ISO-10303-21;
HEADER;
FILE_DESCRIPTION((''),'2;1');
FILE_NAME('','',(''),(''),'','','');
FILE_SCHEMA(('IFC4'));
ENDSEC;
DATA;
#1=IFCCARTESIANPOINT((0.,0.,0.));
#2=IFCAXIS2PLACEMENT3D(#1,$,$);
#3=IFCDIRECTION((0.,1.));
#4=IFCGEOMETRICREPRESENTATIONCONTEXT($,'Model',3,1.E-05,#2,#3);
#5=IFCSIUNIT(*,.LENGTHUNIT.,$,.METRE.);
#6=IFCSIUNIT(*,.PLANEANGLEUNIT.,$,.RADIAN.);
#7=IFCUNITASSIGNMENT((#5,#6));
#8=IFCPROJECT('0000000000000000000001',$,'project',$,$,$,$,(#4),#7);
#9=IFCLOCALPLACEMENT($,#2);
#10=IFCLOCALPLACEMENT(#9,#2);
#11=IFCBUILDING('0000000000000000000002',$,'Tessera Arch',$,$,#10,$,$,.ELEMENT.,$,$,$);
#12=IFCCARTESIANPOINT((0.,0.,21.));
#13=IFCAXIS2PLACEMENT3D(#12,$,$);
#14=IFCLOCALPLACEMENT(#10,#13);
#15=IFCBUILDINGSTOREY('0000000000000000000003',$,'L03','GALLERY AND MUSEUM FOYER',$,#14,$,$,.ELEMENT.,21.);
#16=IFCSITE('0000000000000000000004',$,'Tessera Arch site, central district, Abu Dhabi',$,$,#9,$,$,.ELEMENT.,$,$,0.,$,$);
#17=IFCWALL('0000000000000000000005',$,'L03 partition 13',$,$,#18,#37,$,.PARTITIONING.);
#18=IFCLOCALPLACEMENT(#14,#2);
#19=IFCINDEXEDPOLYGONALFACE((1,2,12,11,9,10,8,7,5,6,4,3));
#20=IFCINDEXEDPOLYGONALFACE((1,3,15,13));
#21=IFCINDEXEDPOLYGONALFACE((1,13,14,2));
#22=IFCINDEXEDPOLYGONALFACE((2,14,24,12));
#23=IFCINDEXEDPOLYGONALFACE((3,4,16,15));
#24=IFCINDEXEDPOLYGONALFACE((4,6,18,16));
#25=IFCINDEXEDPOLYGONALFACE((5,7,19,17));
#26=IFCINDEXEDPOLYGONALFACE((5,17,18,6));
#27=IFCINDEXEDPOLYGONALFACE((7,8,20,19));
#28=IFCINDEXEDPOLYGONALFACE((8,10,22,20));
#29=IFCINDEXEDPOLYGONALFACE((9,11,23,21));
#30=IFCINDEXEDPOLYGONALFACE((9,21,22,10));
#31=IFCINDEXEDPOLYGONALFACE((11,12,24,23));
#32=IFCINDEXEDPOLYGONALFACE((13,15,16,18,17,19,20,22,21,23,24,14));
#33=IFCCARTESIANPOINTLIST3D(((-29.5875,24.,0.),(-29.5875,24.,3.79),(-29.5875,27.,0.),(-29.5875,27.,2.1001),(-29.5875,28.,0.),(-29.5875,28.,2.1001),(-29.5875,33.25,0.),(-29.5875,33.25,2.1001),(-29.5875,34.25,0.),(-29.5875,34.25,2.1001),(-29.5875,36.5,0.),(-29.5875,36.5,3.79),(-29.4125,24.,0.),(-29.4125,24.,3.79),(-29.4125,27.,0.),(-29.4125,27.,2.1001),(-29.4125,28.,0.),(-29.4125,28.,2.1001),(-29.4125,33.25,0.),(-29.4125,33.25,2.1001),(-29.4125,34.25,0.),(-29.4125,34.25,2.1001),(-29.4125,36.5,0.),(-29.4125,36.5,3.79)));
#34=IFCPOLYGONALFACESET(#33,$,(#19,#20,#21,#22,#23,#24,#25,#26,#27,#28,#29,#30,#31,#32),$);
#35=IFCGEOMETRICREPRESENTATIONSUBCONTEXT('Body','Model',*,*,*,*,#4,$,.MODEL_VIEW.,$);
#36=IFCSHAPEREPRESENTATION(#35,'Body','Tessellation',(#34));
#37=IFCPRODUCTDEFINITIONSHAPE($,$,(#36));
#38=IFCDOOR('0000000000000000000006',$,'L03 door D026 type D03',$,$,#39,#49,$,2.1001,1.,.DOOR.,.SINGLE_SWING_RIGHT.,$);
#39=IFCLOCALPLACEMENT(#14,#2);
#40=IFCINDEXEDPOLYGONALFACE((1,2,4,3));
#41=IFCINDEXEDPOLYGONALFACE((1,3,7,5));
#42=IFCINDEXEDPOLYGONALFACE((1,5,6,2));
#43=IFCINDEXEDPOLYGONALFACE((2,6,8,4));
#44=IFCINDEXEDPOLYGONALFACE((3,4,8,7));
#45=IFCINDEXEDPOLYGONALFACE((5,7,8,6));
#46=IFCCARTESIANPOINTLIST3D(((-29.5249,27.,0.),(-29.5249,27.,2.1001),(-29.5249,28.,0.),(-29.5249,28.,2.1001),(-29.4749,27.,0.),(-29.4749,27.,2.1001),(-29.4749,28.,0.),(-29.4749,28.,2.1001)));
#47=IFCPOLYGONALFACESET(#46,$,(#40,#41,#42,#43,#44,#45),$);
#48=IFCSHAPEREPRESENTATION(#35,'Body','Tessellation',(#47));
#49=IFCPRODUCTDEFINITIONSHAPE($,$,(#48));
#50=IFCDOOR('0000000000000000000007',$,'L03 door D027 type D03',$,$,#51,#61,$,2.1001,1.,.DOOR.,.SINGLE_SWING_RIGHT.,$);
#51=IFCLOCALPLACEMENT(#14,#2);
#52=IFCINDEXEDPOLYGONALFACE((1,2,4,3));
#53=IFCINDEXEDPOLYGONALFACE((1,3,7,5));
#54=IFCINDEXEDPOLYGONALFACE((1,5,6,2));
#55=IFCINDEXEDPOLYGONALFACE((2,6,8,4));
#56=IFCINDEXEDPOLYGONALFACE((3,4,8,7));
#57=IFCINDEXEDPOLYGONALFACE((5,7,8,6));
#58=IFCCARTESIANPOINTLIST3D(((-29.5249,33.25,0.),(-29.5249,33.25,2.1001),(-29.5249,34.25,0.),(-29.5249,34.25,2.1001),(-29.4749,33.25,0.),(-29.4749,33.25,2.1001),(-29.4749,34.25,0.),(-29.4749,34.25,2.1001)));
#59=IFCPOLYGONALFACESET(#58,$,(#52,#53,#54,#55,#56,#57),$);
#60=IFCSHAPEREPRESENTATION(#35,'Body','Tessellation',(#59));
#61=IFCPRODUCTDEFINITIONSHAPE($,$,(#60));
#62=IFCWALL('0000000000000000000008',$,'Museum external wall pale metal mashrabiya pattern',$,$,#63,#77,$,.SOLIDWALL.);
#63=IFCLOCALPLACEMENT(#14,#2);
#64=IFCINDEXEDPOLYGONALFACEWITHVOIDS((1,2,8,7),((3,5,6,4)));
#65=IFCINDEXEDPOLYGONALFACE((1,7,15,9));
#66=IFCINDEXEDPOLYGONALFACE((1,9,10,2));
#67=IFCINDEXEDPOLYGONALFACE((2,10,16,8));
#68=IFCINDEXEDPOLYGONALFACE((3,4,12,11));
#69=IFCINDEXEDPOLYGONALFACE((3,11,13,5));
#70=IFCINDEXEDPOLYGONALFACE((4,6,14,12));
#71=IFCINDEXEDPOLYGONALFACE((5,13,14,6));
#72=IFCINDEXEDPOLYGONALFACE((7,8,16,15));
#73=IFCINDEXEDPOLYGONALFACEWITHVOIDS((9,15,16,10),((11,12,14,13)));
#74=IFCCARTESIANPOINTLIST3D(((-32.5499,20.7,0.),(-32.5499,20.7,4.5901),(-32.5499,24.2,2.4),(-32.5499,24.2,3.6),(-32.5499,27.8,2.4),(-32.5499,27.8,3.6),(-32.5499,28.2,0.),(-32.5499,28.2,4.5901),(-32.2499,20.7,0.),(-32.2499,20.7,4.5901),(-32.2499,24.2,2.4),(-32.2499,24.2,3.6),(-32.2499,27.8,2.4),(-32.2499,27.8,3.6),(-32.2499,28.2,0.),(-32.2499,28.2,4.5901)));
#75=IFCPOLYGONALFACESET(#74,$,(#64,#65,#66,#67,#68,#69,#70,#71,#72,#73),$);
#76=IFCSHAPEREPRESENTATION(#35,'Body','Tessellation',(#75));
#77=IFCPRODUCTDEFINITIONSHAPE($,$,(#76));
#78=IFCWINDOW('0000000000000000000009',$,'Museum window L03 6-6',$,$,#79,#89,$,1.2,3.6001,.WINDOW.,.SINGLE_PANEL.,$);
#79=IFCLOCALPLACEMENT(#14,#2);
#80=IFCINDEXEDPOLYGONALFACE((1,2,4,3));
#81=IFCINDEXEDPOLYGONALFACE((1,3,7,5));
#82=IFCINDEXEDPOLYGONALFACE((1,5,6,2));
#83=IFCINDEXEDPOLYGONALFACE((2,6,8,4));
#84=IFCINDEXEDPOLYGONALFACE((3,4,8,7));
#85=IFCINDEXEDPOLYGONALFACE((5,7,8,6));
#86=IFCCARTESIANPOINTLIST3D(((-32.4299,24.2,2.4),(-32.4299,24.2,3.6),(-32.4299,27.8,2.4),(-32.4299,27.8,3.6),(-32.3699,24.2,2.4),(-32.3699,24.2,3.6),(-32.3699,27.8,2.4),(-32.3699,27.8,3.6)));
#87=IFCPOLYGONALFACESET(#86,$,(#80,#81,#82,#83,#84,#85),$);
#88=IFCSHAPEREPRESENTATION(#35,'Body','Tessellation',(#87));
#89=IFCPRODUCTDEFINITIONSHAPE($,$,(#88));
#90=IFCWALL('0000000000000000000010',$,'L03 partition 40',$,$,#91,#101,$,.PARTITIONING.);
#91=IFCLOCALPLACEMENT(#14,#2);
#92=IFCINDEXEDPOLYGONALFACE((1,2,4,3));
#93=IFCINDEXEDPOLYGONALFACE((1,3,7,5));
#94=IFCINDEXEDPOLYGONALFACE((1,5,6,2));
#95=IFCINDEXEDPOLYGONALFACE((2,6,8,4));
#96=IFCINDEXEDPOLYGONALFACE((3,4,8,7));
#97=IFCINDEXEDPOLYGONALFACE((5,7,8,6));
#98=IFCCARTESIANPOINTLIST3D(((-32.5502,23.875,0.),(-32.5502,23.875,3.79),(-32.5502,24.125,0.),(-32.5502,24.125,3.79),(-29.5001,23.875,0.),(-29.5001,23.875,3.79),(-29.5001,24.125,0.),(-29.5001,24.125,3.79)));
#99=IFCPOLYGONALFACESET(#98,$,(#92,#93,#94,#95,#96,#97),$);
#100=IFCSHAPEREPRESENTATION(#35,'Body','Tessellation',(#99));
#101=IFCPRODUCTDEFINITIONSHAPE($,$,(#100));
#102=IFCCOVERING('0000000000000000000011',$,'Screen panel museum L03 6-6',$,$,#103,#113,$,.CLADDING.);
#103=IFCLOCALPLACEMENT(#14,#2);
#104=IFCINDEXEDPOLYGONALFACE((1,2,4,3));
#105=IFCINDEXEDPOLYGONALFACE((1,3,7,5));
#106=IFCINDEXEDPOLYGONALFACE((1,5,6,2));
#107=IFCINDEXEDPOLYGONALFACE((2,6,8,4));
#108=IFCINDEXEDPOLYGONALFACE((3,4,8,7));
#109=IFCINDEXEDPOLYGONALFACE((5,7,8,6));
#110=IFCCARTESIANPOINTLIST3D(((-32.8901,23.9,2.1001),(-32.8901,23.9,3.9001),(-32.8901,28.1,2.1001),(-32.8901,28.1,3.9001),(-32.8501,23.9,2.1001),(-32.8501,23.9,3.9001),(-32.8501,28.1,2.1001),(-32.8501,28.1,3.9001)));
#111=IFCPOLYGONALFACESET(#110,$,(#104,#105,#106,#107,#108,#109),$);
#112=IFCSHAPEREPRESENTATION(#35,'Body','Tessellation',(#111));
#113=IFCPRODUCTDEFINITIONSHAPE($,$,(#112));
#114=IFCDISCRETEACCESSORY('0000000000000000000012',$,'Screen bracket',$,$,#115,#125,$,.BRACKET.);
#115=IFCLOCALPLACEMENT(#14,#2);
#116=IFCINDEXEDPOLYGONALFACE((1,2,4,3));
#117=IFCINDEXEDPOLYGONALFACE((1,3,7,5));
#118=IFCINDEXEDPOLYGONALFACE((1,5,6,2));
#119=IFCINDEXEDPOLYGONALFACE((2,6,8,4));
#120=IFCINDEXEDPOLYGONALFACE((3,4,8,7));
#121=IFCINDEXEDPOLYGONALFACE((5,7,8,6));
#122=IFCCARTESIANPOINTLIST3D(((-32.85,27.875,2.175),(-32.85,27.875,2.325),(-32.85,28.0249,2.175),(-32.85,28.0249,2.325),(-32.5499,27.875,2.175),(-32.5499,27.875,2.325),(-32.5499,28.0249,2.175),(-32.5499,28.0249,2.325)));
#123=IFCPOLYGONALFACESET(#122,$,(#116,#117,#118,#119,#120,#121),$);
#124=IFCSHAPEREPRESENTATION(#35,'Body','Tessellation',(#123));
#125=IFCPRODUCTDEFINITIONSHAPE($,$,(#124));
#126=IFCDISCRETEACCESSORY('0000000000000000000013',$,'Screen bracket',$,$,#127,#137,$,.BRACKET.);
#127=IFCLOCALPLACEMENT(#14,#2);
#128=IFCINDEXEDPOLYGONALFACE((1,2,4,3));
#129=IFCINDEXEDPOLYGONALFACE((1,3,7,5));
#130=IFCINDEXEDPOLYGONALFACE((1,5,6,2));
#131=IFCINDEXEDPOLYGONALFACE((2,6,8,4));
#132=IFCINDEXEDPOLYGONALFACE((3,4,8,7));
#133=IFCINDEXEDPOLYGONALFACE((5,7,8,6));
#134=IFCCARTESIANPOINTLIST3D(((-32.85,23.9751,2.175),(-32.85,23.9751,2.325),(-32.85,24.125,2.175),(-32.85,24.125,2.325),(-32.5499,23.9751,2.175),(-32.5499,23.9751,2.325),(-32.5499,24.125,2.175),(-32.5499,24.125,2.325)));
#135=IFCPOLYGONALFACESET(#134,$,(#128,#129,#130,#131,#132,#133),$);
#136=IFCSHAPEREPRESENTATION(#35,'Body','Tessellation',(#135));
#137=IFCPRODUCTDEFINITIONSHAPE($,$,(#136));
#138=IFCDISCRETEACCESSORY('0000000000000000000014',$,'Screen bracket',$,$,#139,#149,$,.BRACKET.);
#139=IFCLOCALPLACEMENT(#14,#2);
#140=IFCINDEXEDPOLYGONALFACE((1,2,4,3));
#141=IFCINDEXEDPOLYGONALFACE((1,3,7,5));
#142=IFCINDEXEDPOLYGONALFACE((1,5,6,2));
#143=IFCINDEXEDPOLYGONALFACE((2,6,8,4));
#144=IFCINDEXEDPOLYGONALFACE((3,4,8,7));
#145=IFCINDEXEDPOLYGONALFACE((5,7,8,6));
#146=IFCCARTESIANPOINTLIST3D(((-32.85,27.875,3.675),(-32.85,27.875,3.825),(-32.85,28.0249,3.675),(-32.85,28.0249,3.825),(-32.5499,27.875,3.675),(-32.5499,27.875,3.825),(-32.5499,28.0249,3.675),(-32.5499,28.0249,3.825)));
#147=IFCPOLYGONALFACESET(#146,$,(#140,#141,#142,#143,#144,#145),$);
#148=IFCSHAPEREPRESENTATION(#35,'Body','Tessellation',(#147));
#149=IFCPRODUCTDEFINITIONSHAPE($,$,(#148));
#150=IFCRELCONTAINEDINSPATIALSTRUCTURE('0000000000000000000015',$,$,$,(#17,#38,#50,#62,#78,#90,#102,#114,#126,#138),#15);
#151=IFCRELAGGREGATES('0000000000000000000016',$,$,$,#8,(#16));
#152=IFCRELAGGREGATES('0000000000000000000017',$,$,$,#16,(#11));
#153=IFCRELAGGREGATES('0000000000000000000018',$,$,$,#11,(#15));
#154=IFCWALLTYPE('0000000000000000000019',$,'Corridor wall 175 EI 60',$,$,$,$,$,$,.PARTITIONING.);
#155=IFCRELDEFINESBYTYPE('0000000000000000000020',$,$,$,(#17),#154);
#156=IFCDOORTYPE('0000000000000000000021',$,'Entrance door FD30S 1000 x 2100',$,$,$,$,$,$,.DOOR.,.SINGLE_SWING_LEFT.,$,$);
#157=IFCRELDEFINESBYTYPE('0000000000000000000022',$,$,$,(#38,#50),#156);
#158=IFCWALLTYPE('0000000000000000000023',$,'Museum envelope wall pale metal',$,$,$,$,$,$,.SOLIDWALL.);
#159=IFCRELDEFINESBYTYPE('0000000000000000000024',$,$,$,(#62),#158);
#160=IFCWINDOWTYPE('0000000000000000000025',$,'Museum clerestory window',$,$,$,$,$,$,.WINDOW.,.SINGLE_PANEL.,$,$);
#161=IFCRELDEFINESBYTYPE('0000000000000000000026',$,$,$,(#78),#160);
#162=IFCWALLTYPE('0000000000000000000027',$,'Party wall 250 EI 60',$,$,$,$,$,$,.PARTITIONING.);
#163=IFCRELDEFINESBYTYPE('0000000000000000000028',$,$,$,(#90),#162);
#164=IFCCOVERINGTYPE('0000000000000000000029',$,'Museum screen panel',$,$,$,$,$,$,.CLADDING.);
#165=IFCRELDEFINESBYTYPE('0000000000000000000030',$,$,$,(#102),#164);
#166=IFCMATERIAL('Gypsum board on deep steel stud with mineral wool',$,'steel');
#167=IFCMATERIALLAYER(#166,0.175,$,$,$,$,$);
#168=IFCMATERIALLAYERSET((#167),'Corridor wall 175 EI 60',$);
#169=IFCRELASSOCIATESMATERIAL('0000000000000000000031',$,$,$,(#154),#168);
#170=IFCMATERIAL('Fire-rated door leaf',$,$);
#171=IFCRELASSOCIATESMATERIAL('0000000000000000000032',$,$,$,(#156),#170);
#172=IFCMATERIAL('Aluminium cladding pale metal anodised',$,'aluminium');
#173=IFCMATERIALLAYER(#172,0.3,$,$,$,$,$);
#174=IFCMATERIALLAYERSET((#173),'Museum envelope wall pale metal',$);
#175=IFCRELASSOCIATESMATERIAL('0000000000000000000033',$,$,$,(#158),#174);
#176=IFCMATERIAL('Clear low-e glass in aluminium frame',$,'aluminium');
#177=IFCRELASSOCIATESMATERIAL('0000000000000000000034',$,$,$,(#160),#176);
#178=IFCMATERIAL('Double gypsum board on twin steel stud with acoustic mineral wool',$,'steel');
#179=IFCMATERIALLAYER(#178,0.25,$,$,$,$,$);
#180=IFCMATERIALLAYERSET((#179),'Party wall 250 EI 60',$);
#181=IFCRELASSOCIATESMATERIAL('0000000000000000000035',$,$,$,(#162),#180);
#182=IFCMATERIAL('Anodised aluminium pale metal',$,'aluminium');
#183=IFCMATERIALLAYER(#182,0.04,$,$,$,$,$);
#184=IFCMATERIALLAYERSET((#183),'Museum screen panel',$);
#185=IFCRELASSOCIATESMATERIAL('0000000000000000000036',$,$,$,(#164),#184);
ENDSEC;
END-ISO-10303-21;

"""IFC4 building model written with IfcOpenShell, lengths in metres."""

from ifc_helpers import new_model, si_unit, direction, frame, frame_2d, origin, origin_2d, place, context, subcontext, project, spatial, rectangle, extrude, material, layer, layer_set, type_object, element, fill, save


model = new_model("IFC4")

# Units and contexts
model_context = context("Model", 3, precision=1e-05, world=origin(), true_north=direction((0.0, 1.0)))
body_context = subcontext(model_context, "Body", "Model", "MODEL_VIEW")
ifc_project = project(units=[si_unit("LENGTHUNIT", "METRE"), si_unit("PLANEANGLEUNIT", "RADIAN")], contexts=[model_context])

# Site, building, storey
site_placement = place(None, origin())
site = spatial("IfcSite", under=ifc_project, at=site_placement, Name="Tessera Arch site, central district, Abu Dhabi", CompositionType="ELEMENT", RefElevation=0.0)
building_placement = place(site_placement, origin())
building = spatial("IfcBuilding", under=site, at=building_placement, Name="Tessera Arch", CompositionType="ELEMENT")
storey_placement = place(building_placement, frame((0.0, 0.0, 21.0)))
storey = spatial("IfcBuildingStorey", under=building, at=storey_placement, Name="L03", Description="GALLERY AND MUSEUM FOYER", CompositionType="ELEMENT", Elevation=21.0)

# Shared definitions
ifc_material_1 = material(Name="Gypsum board on deep steel stud with mineral wool", Category="steel")
ifc_layer_1 = layer(ifc_material_1, 0.175)
ifc_layer_set_1 = layer_set([ifc_layer_1], Name="Corridor wall 175 EI 60")
wall_type_1 = type_object("IfcWallType", Name="Corridor wall 175 EI 60", PredefinedType="PARTITIONING", material=ifc_layer_set_1)
ifc_material_2 = material(Name="Fire-rated door leaf")
door_type = type_object("IfcDoorType", Name="Entrance door FD30S 1000 x 2100", OperationType="SINGLE_SWING_LEFT", PredefinedType="DOOR", material=ifc_material_2)

# Wall, openings, doors
wall_1_placement = place(storey_placement, frame((-29.5, 24.0, 0.0), z_axis=(0.0, 0.0, 1.0), x_axis=(0.0, 1.0, 0.0)))
wall_1 = element("IfcWall", 1, at=wall_1_placement, inside=storey, type_object=wall_type_1, Name="L03 partition 13", PredefinedType="PARTITIONING", context=body_context, shape_type="SweptSolid", body=[
    extrude(rectangle(XDim=12.5, YDim=0.175, at=frame_2d((6.25, 0.0))), origin(), (0.0, 0.0, 1.0), 3.79),
])
opening_1_placement = place(wall_1_placement, frame((3.0, 0.0, 0.0)))
opening_1 = element("IfcOpeningElement", 2, at=opening_1_placement, cuts=wall_1, PredefinedType="OPENING", context=body_context, shape_type="SweptSolid", body=[
    extrude(rectangle(XDim=1.0, YDim=2.1001, at=frame_2d((0.5, 1.05))), frame((0.0, 0.0974, 0.0), z_axis=(0.0, -1.0, 0.0), x_axis=(1.0, 0.0, 0.0)), (0.0, 0.0, 1.0), 0.1951),
])
opening_2_placement = place(wall_1_placement, frame((9.25, 0.0, 0.0)))
opening_2 = element("IfcOpeningElement", 3, at=opening_2_placement, cuts=wall_1, PredefinedType="OPENING", context=body_context, shape_type="SweptSolid", body=[
    extrude(rectangle(XDim=1.0, YDim=2.1001, at=frame_2d((0.5, 1.05))), frame((0.0, 0.0974, 0.0), z_axis=(0.0, -1.0, 0.0), x_axis=(1.0, 0.0, 0.0)), (0.0, 0.0, 1.0), 0.1951),
])
door_1_placement = place(opening_1_placement, origin())
door_1 = element("IfcDoor", 4, at=door_1_placement, inside=storey, type_object=door_type, Name="L03 door D026 type D03", OperationType="SINGLE_SWING_RIGHT", OverallHeight=2.1001, OverallWidth=1.0, PredefinedType="DOOR", context=body_context, shape_type="SweptSolid", body=[
    extrude(rectangle(XDim=1.0, YDim=2.1001, at=frame_2d((0.5, 1.05))), frame((0.0, 0.0249, 0.0), z_axis=(0.0, -1.0, 0.0), x_axis=(1.0, 0.0, 0.0)), (0.0, 0.0, 1.0), 0.05),
])
fill(opening_1, door_1)
door_2_placement = place(opening_2_placement, origin())
door_2 = element("IfcDoor", 5, at=door_2_placement, inside=storey, type_object=door_type, Name="L03 door D027 type D03", OperationType="SINGLE_SWING_RIGHT", OverallHeight=2.1001, OverallWidth=1.0, PredefinedType="DOOR", context=body_context, shape_type="SweptSolid", body=[
    extrude(rectangle(XDim=1.0, YDim=2.1001, at=frame_2d((0.5, 1.05))), frame((0.0, 0.0249, 0.0), z_axis=(0.0, -1.0, 0.0), x_axis=(1.0, 0.0, 0.0)), (0.0, 0.0, 1.0), 0.05),
])
fill(opening_2, door_2)

# Wall, opening, window
ifc_material_3 = material(Name="Aluminium cladding pale metal anodised", Category="aluminium")
ifc_layer_2 = layer(ifc_material_3, 0.3)
ifc_layer_set_2 = layer_set([ifc_layer_2], Name="Museum envelope wall pale metal")
wall_type_2 = type_object("IfcWallType", Name="Museum envelope wall pale metal", PredefinedType="SOLIDWALL", material=ifc_layer_set_2)
wall_2_placement = place(storey_placement, frame((-32.3999, 28.2, 0.0), z_axis=(0.0, 0.0, 1.0), x_axis=(0.0, -1.0, 0.0)))
wall_2 = element("IfcWall", 6, at=wall_2_placement, inside=storey, type_object=wall_type_2, Name="Museum external wall pale metal mashrabiya pattern", PredefinedType="SOLIDWALL", context=body_context, shape_type="SweptSolid", body=[
    extrude(rectangle(XDim=7.5, YDim=0.3, at=frame_2d((3.75, 0.0))), origin(), (0.0, 0.0, 1.0), 4.5901),
])
opening_3_placement = place(wall_2_placement, frame((0.3999, 0.0, 2.3999)))
opening_3 = element("IfcOpeningElement", 7, at=opening_3_placement, cuts=wall_2, PredefinedType="OPENING", context=body_context, shape_type="SweptSolid", body=[
    extrude(rectangle(XDim=3.6001, YDim=1.2, at=frame_2d((1.8, 0.6001))), frame((0.0, 0.1599, 0.0), z_axis=(0.0, -1.0, 0.0), x_axis=(1.0, 0.0, 0.0)), (0.0, 0.0, 1.0), 0.3201),
])
ifc_material_4 = material(Name="Clear low-e glass in aluminium frame", Category="aluminium")
window_type = type_object("IfcWindowType", Name="Museum clerestory window", PartitioningType="SINGLE_PANEL", PredefinedType="WINDOW", material=ifc_material_4)
window_placement = place(opening_3_placement, origin())
window = element("IfcWindow", 8, at=window_placement, inside=storey, type_object=window_type, Name="Museum window L03 6-6", OverallHeight=1.2, OverallWidth=3.6001, PartitioningType="SINGLE_PANEL", PredefinedType="WINDOW", context=body_context, shape_type="SweptSolid", body=[
    extrude(rectangle(XDim=3.6001, YDim=1.2, at=frame_2d((1.8, 0.6001))), frame((0.0, 0.03, 0.0), z_axis=(0.0, -1.0, 0.0), x_axis=(1.0, 0.0, 0.0)), (0.0, 0.0, 1.0), 0.0601),
])
fill(opening_3, window)

# Wall
ifc_material_5 = material(Name="Double gypsum board on twin steel stud with acoustic mineral wool", Category="steel")
ifc_layer_3 = layer(ifc_material_5, 0.25)
ifc_layer_set_3 = layer_set([ifc_layer_3], Name="Party wall 250 EI 60")
wall_type_3 = type_object("IfcWallType", Name="Party wall 250 EI 60", PredefinedType="PARTITIONING", material=ifc_layer_set_3)
wall_3_placement = place(storey_placement, frame((-32.55, 24.0, 0.0), z_axis=(0.0, 0.0, 1.0), x_axis=(1.0, 0.0, 0.0)))
element("IfcWall", 9, at=wall_3_placement, inside=storey, type_object=wall_type_3, Name="L03 partition 40", PredefinedType="PARTITIONING", context=body_context, shape_type="SweptSolid", body=[
    extrude(rectangle(XDim=3.05, YDim=0.25, at=frame_2d((1.5249, 0.0))), origin(), (0.0, 0.0, 1.0), 3.79),
])

# Covering
ifc_material_6 = material(Name="Anodised aluminium pale metal", Category="aluminium")
ifc_layer_4 = layer(ifc_material_6, 0.04)
ifc_layer_set_4 = layer_set([ifc_layer_4], Name="Museum screen panel")
covering_type = type_object("IfcCoveringType", Name="Museum screen panel", PredefinedType="CLADDING", material=ifc_layer_set_4)
covering_placement = place(storey_placement, frame((-32.8701, 26.0, 2.1001), z_axis=(0.0, 0.0, 1.0), x_axis=(0.0, -1.0, 0.0)))
element("IfcCovering", 10, at=covering_placement, inside=storey, type_object=covering_type, Name="Screen panel museum L03 6-6", PredefinedType="CLADDING", context=body_context, shape_type="SweptSolid", body=[
    extrude(rectangle(XDim=4.2, YDim=0.04, at=origin_2d()), origin(), (0.0, 0.0, 1.0), 1.8),
])

# Discrete accessories
for number, where, z_axis, x_axis, name in (
    (11, (-32.7, 27.95, 2.175), (0.0, 0.0, 1.0), (-1.0, 0.0, 0.0), "Screen bracket"),
    (12, (-32.7, 24.05, 2.175), (0.0, 0.0, 1.0), (-1.0, 0.0, 0.0), "Screen bracket"),
    (13, (-32.7, 27.95, 3.675), (0.0, 0.0, 1.0), (-1.0, 0.0, 0.0), "Screen bracket"),
):
    element("IfcDiscreteAccessory", number, at=place(storey_placement, frame(where, z_axis=z_axis, x_axis=x_axis)), inside=storey, Name=name, PredefinedType="BRACKET", context=body_context, shape_type="SweptSolid", body=[
        extrude(rectangle(XDim=0.3, YDim=0.1499, at=origin_2d()), origin(), (0.0, 0.0, 1.0), 0.1499),
    ])

save(model, "model.ifc")
